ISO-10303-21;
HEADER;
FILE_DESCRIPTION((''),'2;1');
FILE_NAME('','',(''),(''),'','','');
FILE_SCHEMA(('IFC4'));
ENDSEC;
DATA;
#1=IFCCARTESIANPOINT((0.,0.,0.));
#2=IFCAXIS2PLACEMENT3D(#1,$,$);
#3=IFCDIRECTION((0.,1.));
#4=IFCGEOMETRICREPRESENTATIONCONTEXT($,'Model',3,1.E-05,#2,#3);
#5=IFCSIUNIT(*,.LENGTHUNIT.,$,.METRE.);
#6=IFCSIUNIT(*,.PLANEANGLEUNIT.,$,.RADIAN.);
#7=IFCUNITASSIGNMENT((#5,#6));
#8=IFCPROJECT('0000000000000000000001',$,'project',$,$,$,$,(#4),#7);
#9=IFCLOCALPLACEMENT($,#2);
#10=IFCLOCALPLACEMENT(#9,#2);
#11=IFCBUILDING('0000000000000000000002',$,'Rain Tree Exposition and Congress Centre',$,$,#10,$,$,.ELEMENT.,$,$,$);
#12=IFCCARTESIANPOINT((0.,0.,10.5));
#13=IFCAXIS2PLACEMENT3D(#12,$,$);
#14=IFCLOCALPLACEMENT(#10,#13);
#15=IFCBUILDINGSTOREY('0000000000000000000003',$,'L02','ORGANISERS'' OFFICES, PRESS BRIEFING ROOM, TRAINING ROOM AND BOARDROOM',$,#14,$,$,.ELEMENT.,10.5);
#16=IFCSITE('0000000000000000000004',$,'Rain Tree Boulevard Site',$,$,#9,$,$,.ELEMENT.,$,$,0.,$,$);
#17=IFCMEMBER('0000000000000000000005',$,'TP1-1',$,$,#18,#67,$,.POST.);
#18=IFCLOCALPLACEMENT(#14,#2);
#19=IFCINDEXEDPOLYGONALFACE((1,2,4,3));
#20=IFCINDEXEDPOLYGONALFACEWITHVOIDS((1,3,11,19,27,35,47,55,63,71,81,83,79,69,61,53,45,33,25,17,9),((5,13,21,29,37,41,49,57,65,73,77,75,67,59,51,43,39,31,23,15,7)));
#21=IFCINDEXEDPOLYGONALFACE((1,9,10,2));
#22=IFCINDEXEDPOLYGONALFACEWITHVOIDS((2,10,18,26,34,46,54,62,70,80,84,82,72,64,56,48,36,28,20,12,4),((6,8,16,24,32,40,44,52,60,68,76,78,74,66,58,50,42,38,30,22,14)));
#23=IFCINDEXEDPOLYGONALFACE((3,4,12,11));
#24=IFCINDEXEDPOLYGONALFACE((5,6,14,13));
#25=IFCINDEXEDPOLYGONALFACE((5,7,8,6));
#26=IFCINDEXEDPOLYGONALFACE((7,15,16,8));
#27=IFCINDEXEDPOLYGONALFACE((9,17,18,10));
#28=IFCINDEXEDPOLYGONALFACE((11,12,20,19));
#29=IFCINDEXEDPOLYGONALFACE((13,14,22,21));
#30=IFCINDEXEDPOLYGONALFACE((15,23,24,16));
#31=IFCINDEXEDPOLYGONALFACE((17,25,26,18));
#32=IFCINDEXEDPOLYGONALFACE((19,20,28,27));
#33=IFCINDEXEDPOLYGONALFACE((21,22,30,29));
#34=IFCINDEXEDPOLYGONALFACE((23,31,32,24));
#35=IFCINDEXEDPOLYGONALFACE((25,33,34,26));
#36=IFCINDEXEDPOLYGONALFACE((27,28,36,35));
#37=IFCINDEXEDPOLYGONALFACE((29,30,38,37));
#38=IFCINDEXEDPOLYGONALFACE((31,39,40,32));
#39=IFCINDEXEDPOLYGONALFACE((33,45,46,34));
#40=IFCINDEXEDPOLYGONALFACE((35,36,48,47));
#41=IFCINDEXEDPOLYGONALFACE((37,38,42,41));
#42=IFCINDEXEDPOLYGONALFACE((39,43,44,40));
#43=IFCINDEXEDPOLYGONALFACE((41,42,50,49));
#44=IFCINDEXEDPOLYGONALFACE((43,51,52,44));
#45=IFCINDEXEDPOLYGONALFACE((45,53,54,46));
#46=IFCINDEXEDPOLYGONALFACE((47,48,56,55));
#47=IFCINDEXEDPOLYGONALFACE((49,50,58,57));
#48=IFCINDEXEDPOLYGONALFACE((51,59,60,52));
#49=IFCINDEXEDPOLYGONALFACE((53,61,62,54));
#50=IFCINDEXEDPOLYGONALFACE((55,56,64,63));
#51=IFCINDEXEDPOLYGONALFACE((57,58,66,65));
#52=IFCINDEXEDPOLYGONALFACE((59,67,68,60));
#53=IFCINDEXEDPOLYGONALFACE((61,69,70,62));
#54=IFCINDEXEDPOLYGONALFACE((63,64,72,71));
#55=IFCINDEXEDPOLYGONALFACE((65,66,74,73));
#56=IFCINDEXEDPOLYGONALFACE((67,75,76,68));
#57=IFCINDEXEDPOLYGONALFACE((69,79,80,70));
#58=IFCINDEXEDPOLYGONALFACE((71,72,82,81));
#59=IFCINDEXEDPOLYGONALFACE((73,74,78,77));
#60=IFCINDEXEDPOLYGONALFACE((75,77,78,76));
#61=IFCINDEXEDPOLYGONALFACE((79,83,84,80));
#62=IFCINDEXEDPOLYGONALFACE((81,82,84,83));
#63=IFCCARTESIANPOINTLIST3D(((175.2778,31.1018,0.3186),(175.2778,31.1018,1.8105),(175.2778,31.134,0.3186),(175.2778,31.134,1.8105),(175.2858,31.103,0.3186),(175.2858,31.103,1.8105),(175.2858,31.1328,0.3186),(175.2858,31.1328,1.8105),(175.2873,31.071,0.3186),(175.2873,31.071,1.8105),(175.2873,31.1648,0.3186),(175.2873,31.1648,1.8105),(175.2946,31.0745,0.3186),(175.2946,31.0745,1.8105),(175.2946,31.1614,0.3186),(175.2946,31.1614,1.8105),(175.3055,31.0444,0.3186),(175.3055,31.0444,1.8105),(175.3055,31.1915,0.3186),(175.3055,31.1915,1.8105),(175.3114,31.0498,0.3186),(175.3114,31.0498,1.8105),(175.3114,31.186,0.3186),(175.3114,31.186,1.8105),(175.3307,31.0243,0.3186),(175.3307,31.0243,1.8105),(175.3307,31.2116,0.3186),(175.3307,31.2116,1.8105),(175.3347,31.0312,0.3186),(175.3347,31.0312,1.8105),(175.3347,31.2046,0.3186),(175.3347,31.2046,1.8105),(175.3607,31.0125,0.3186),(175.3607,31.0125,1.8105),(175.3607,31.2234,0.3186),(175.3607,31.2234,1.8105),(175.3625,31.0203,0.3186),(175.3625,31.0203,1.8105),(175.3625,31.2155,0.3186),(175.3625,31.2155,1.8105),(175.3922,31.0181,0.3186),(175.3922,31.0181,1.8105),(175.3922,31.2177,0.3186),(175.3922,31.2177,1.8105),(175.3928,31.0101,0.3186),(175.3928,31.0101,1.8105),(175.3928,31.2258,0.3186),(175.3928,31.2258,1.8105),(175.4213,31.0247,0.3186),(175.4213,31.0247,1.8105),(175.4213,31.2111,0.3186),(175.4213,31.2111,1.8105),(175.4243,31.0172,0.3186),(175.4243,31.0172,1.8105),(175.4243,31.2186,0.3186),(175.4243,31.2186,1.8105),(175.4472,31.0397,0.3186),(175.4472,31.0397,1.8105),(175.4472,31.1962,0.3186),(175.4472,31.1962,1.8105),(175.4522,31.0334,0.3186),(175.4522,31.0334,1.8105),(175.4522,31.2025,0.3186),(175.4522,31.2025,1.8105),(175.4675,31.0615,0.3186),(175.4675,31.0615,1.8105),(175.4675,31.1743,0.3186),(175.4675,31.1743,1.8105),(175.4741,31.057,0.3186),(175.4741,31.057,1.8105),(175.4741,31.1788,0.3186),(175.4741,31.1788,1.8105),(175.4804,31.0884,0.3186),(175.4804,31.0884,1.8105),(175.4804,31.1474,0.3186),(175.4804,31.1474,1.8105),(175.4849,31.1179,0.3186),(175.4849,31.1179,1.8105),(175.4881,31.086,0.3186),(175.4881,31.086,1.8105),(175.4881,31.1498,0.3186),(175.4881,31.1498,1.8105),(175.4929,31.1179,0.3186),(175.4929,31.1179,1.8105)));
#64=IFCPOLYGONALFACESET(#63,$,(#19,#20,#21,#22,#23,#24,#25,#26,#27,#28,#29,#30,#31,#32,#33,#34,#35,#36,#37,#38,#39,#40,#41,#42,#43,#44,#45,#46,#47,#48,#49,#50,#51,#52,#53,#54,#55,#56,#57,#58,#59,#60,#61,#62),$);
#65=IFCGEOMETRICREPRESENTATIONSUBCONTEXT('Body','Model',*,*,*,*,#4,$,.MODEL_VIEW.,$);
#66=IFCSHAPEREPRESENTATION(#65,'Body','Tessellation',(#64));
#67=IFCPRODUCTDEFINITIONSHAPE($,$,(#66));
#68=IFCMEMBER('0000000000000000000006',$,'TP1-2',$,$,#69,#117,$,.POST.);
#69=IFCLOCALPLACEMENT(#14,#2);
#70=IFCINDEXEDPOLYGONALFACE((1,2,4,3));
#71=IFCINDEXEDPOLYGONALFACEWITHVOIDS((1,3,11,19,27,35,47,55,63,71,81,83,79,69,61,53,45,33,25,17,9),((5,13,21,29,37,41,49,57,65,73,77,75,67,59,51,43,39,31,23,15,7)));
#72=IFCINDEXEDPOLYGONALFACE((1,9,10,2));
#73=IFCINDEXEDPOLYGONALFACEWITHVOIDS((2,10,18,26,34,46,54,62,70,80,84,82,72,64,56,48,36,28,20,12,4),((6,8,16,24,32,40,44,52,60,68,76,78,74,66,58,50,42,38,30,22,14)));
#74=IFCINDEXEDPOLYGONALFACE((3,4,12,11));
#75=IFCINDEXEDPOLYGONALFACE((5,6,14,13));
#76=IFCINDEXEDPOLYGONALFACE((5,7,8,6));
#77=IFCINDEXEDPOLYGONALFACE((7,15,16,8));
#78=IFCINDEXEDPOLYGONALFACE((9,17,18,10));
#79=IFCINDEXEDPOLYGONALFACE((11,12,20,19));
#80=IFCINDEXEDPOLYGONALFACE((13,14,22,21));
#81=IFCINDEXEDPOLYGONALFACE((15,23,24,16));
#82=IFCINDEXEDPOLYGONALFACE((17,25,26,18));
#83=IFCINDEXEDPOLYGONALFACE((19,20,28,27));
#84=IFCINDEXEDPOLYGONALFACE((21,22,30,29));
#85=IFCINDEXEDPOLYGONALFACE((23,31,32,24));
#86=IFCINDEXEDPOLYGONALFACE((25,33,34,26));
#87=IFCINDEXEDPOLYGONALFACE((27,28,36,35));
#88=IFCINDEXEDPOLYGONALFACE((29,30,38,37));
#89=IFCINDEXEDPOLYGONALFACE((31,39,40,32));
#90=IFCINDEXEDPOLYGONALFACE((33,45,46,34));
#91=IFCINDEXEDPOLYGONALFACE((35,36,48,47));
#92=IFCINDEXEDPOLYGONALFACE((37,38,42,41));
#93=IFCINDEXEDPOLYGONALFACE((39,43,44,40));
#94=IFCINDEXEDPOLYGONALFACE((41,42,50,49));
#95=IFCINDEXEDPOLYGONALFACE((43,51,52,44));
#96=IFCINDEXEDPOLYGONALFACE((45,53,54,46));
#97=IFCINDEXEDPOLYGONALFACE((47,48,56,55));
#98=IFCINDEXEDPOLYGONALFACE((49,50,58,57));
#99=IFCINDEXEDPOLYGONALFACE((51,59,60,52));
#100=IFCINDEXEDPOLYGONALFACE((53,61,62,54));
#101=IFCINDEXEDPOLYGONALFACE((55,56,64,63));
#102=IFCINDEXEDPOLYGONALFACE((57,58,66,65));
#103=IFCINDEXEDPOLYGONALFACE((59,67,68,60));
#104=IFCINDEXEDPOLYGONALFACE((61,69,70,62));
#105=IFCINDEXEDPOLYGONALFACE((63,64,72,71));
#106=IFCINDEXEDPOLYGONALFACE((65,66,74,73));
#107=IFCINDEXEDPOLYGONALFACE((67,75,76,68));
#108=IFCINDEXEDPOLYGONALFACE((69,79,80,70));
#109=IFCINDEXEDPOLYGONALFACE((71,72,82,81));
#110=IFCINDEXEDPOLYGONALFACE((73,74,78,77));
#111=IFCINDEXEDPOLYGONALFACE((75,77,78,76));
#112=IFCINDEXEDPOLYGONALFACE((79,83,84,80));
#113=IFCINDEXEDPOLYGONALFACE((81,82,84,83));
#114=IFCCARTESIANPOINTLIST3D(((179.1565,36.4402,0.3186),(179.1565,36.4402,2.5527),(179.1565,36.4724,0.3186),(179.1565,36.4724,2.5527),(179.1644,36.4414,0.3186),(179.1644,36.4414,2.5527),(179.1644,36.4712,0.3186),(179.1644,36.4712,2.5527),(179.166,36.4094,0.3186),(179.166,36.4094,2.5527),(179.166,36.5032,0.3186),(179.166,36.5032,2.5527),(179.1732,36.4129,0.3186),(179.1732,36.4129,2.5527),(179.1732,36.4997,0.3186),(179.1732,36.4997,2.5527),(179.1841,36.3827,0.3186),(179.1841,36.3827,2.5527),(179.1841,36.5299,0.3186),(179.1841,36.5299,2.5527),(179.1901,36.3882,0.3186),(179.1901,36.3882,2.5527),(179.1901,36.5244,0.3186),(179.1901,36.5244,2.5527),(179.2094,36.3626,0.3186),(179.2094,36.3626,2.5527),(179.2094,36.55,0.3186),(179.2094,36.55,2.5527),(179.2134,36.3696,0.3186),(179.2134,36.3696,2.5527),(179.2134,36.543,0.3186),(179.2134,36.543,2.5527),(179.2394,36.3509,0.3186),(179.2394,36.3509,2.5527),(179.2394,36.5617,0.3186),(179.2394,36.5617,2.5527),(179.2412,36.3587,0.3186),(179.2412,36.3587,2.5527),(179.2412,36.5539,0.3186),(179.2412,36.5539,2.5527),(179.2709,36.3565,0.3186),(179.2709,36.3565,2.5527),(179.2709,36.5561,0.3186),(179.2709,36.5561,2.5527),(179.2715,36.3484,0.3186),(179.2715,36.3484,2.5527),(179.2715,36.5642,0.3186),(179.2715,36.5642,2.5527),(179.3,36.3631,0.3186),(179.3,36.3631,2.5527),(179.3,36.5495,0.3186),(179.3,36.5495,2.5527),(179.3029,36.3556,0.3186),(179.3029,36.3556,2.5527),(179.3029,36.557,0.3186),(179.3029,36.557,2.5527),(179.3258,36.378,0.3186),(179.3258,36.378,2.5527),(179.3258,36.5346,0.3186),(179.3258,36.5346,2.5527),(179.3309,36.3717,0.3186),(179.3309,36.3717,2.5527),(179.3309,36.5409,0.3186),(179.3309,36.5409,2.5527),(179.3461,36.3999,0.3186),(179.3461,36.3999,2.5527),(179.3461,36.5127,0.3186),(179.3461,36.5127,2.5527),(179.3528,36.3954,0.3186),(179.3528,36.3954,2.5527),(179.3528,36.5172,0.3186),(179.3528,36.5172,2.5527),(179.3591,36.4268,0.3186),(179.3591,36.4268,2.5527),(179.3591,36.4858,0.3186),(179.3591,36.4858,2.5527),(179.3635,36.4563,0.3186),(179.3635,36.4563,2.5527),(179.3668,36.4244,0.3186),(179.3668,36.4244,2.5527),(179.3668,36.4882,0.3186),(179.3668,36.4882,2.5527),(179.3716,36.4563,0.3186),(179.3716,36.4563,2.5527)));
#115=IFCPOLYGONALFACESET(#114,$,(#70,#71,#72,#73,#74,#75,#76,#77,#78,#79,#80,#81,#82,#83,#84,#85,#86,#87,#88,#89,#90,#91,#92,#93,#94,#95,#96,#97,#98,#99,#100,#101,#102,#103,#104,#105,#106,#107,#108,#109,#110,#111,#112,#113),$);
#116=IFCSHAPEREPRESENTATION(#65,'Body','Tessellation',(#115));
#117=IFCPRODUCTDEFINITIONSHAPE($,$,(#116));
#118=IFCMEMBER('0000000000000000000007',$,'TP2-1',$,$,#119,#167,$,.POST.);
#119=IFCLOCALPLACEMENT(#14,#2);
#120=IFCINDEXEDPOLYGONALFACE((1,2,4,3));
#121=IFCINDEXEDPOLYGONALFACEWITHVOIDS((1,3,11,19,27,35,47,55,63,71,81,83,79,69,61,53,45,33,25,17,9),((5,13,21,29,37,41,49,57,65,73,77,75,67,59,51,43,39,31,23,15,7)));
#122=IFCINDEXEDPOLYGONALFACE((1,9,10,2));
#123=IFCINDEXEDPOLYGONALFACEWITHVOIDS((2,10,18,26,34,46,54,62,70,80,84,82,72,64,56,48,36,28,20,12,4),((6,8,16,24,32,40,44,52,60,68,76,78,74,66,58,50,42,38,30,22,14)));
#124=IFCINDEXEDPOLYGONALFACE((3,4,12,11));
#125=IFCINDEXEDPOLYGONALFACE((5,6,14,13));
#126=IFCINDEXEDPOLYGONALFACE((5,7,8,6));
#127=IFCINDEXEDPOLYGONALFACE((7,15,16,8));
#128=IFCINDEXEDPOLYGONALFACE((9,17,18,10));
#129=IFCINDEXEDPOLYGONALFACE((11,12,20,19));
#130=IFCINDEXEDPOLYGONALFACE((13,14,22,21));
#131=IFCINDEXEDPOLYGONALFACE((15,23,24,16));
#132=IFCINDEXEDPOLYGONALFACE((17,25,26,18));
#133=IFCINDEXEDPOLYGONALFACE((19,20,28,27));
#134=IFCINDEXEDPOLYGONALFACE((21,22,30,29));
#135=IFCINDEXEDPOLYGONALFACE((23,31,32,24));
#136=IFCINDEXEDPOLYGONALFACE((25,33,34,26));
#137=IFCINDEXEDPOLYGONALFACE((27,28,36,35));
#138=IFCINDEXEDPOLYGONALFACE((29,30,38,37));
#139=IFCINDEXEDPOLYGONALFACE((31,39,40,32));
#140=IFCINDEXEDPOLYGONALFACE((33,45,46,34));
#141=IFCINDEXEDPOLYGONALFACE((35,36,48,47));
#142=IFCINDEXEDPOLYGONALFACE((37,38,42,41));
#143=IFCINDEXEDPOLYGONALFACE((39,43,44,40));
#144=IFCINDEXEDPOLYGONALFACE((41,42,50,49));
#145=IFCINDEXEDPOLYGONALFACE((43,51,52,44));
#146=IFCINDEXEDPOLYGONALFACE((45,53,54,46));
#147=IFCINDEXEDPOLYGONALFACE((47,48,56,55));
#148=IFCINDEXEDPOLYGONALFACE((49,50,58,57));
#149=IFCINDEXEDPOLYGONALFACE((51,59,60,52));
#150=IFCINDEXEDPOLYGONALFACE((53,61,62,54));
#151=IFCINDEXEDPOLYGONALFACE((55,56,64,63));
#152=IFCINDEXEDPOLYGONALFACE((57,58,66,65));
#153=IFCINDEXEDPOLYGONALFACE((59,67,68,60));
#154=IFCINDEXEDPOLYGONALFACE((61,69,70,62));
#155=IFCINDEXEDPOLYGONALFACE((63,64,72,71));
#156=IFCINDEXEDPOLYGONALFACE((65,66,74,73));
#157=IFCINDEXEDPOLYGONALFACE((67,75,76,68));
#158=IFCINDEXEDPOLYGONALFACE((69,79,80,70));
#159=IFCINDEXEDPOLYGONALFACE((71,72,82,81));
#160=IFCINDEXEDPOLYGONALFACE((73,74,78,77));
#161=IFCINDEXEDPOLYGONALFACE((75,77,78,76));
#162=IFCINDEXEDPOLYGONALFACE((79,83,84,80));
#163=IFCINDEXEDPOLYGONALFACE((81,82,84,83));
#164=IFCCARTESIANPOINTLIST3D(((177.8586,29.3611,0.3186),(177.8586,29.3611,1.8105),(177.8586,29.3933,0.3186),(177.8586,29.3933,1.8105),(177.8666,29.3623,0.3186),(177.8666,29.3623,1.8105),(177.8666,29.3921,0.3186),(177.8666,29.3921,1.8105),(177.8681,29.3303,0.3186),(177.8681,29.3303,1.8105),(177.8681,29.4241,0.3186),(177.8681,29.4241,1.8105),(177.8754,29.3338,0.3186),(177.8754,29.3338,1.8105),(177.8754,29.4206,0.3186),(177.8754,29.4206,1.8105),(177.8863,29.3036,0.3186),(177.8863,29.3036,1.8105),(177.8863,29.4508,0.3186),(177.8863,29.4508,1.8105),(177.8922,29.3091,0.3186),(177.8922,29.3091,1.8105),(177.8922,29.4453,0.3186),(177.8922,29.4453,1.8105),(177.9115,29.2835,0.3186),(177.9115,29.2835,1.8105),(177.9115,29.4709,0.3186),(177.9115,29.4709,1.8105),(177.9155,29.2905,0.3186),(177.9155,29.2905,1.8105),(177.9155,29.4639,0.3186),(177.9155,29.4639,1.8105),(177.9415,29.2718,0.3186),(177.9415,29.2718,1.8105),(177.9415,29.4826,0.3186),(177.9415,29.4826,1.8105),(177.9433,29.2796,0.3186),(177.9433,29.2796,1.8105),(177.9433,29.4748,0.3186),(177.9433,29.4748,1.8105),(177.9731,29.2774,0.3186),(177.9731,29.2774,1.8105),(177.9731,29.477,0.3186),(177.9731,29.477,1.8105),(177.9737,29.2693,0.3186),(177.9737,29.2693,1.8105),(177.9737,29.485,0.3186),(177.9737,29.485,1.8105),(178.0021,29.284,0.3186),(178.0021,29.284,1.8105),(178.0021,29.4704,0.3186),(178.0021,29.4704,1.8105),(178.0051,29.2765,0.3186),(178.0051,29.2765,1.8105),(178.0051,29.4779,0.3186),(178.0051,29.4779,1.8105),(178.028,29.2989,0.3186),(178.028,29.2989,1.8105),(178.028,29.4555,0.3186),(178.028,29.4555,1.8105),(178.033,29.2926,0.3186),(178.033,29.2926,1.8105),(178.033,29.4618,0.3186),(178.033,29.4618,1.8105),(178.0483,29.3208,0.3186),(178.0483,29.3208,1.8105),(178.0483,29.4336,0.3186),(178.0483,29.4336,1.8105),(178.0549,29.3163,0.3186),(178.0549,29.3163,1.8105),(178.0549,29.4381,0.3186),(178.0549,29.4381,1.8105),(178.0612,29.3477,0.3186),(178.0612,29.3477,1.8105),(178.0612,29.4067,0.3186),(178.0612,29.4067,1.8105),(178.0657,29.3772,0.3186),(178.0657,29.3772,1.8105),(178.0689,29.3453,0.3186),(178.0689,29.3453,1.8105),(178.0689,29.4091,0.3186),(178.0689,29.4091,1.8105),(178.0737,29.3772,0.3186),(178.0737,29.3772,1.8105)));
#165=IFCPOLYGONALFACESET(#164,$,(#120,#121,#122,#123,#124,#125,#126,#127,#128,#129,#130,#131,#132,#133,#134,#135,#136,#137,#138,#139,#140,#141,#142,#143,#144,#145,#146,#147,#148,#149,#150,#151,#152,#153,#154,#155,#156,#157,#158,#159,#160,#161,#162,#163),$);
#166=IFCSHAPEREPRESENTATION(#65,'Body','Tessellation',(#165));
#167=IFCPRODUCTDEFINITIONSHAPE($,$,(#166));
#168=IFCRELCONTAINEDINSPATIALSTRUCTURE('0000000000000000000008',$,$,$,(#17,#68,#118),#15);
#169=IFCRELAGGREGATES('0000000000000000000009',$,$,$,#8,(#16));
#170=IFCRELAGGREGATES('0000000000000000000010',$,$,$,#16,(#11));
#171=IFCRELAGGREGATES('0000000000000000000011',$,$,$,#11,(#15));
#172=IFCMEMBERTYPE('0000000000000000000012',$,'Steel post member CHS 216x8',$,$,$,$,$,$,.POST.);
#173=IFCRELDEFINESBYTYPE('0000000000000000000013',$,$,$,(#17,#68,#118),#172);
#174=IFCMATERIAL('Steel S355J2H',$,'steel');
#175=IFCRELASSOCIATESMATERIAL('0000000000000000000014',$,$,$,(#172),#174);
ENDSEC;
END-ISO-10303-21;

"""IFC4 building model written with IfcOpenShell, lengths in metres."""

from ifc_helpers import new_model, si_unit, direction, frame, origin, origin_2d, place, context, subcontext, project, spatial, hollow_circle, extrude, material, material_profile, profile_set, type_object, element, save


model = new_model("IFC4")

# Units and contexts
model_context = context("Model", 3, precision=1e-05, world=origin(), true_north=direction((0.0, 1.0)))
body_context = subcontext(model_context, "Body", "Model", "MODEL_VIEW")
ifc_project = project(units=[si_unit("LENGTHUNIT", "METRE"), si_unit("PLANEANGLEUNIT", "RADIAN")], contexts=[model_context])

# Site, building, storey
site_placement = place(None, origin())
site = spatial("IfcSite", under=ifc_project, at=site_placement, Name="Rain Tree Boulevard Site", CompositionType="ELEMENT", RefElevation=0.0)
building_placement = place(site_placement, origin())
building = spatial("IfcBuilding", under=site, at=building_placement, Name="Rain Tree Exposition and Congress Centre", CompositionType="ELEMENT")
storey_placement = place(building_placement, frame((0.0, 0.0, 10.5)))
storey = spatial("IfcBuildingStorey", under=building, at=storey_placement, Name="L02", Description="ORGANISERS' OFFICES, PRESS BRIEFING ROOM, TRAINING ROOM AND BOARDROOM", CompositionType="ELEMENT", Elevation=10.5)

# Members
ifc_material_1 = material(Name="Steel S355J2H", Category="steel")
ifc_material_profile_1 = material_profile(ifc_material_1, hollow_circle(Radius=0.1082, WallThickness=0.0081, at=origin_2d()), Name="CHS 216x8")
ifc_profile_set_1 = profile_set([ifc_material_profile_1], Name="Steel S355J2H")
member_type_1 = type_object("IfcMemberType", Name="Steel post member CHS 216x8", PredefinedType="POST", material=ifc_profile_set_1)
member_1_placement = place(storey_placement, frame((175.3848, 31.1179, 0.3186), z_axis=(0.0, 0.0, 1.0), x_axis=(1.0, 0.0, 0.0)))
element("IfcMember", 1, at=member_1_placement, inside=storey, type_object=member_type_1, Name="TP1-1", PredefinedType="POST", context=body_context, shape_type="SweptSolid", body=[
    extrude(hollow_circle(Radius=0.1082, WallThickness=0.0081, at=origin_2d()), origin(), (0.0, 0.0, 1.0), 1.4919),
])
member_2_placement = place(storey_placement, frame((179.2634, 36.4563, 0.3186), z_axis=(0.0, 0.0, 1.0), x_axis=(1.0, 0.0, 0.0)))
element("IfcMember", 2, at=member_2_placement, inside=storey, type_object=member_type_1, Name="TP1-2", PredefinedType="POST", context=body_context, shape_type="SweptSolid", body=[
    extrude(hollow_circle(Radius=0.1082, WallThickness=0.0081, at=origin_2d()), origin(), (0.0, 0.0, 1.0), 2.2341),
])
member_3_placement = place(storey_placement, frame((177.9656, 29.3772, 0.3186), z_axis=(0.0, 0.0, 1.0), x_axis=(1.0, 0.0, 0.0)))
element("IfcMember", 3, at=member_3_placement, inside=storey, type_object=member_type_1, Name="TP2-1", PredefinedType="POST", context=body_context, shape_type="SweptSolid", body=[
    extrude(hollow_circle(Radius=0.1082, WallThickness=0.0081, at=origin_2d()), origin(), (0.0, 0.0, 1.0), 1.4919),
])

save(model, "model.ifc")
